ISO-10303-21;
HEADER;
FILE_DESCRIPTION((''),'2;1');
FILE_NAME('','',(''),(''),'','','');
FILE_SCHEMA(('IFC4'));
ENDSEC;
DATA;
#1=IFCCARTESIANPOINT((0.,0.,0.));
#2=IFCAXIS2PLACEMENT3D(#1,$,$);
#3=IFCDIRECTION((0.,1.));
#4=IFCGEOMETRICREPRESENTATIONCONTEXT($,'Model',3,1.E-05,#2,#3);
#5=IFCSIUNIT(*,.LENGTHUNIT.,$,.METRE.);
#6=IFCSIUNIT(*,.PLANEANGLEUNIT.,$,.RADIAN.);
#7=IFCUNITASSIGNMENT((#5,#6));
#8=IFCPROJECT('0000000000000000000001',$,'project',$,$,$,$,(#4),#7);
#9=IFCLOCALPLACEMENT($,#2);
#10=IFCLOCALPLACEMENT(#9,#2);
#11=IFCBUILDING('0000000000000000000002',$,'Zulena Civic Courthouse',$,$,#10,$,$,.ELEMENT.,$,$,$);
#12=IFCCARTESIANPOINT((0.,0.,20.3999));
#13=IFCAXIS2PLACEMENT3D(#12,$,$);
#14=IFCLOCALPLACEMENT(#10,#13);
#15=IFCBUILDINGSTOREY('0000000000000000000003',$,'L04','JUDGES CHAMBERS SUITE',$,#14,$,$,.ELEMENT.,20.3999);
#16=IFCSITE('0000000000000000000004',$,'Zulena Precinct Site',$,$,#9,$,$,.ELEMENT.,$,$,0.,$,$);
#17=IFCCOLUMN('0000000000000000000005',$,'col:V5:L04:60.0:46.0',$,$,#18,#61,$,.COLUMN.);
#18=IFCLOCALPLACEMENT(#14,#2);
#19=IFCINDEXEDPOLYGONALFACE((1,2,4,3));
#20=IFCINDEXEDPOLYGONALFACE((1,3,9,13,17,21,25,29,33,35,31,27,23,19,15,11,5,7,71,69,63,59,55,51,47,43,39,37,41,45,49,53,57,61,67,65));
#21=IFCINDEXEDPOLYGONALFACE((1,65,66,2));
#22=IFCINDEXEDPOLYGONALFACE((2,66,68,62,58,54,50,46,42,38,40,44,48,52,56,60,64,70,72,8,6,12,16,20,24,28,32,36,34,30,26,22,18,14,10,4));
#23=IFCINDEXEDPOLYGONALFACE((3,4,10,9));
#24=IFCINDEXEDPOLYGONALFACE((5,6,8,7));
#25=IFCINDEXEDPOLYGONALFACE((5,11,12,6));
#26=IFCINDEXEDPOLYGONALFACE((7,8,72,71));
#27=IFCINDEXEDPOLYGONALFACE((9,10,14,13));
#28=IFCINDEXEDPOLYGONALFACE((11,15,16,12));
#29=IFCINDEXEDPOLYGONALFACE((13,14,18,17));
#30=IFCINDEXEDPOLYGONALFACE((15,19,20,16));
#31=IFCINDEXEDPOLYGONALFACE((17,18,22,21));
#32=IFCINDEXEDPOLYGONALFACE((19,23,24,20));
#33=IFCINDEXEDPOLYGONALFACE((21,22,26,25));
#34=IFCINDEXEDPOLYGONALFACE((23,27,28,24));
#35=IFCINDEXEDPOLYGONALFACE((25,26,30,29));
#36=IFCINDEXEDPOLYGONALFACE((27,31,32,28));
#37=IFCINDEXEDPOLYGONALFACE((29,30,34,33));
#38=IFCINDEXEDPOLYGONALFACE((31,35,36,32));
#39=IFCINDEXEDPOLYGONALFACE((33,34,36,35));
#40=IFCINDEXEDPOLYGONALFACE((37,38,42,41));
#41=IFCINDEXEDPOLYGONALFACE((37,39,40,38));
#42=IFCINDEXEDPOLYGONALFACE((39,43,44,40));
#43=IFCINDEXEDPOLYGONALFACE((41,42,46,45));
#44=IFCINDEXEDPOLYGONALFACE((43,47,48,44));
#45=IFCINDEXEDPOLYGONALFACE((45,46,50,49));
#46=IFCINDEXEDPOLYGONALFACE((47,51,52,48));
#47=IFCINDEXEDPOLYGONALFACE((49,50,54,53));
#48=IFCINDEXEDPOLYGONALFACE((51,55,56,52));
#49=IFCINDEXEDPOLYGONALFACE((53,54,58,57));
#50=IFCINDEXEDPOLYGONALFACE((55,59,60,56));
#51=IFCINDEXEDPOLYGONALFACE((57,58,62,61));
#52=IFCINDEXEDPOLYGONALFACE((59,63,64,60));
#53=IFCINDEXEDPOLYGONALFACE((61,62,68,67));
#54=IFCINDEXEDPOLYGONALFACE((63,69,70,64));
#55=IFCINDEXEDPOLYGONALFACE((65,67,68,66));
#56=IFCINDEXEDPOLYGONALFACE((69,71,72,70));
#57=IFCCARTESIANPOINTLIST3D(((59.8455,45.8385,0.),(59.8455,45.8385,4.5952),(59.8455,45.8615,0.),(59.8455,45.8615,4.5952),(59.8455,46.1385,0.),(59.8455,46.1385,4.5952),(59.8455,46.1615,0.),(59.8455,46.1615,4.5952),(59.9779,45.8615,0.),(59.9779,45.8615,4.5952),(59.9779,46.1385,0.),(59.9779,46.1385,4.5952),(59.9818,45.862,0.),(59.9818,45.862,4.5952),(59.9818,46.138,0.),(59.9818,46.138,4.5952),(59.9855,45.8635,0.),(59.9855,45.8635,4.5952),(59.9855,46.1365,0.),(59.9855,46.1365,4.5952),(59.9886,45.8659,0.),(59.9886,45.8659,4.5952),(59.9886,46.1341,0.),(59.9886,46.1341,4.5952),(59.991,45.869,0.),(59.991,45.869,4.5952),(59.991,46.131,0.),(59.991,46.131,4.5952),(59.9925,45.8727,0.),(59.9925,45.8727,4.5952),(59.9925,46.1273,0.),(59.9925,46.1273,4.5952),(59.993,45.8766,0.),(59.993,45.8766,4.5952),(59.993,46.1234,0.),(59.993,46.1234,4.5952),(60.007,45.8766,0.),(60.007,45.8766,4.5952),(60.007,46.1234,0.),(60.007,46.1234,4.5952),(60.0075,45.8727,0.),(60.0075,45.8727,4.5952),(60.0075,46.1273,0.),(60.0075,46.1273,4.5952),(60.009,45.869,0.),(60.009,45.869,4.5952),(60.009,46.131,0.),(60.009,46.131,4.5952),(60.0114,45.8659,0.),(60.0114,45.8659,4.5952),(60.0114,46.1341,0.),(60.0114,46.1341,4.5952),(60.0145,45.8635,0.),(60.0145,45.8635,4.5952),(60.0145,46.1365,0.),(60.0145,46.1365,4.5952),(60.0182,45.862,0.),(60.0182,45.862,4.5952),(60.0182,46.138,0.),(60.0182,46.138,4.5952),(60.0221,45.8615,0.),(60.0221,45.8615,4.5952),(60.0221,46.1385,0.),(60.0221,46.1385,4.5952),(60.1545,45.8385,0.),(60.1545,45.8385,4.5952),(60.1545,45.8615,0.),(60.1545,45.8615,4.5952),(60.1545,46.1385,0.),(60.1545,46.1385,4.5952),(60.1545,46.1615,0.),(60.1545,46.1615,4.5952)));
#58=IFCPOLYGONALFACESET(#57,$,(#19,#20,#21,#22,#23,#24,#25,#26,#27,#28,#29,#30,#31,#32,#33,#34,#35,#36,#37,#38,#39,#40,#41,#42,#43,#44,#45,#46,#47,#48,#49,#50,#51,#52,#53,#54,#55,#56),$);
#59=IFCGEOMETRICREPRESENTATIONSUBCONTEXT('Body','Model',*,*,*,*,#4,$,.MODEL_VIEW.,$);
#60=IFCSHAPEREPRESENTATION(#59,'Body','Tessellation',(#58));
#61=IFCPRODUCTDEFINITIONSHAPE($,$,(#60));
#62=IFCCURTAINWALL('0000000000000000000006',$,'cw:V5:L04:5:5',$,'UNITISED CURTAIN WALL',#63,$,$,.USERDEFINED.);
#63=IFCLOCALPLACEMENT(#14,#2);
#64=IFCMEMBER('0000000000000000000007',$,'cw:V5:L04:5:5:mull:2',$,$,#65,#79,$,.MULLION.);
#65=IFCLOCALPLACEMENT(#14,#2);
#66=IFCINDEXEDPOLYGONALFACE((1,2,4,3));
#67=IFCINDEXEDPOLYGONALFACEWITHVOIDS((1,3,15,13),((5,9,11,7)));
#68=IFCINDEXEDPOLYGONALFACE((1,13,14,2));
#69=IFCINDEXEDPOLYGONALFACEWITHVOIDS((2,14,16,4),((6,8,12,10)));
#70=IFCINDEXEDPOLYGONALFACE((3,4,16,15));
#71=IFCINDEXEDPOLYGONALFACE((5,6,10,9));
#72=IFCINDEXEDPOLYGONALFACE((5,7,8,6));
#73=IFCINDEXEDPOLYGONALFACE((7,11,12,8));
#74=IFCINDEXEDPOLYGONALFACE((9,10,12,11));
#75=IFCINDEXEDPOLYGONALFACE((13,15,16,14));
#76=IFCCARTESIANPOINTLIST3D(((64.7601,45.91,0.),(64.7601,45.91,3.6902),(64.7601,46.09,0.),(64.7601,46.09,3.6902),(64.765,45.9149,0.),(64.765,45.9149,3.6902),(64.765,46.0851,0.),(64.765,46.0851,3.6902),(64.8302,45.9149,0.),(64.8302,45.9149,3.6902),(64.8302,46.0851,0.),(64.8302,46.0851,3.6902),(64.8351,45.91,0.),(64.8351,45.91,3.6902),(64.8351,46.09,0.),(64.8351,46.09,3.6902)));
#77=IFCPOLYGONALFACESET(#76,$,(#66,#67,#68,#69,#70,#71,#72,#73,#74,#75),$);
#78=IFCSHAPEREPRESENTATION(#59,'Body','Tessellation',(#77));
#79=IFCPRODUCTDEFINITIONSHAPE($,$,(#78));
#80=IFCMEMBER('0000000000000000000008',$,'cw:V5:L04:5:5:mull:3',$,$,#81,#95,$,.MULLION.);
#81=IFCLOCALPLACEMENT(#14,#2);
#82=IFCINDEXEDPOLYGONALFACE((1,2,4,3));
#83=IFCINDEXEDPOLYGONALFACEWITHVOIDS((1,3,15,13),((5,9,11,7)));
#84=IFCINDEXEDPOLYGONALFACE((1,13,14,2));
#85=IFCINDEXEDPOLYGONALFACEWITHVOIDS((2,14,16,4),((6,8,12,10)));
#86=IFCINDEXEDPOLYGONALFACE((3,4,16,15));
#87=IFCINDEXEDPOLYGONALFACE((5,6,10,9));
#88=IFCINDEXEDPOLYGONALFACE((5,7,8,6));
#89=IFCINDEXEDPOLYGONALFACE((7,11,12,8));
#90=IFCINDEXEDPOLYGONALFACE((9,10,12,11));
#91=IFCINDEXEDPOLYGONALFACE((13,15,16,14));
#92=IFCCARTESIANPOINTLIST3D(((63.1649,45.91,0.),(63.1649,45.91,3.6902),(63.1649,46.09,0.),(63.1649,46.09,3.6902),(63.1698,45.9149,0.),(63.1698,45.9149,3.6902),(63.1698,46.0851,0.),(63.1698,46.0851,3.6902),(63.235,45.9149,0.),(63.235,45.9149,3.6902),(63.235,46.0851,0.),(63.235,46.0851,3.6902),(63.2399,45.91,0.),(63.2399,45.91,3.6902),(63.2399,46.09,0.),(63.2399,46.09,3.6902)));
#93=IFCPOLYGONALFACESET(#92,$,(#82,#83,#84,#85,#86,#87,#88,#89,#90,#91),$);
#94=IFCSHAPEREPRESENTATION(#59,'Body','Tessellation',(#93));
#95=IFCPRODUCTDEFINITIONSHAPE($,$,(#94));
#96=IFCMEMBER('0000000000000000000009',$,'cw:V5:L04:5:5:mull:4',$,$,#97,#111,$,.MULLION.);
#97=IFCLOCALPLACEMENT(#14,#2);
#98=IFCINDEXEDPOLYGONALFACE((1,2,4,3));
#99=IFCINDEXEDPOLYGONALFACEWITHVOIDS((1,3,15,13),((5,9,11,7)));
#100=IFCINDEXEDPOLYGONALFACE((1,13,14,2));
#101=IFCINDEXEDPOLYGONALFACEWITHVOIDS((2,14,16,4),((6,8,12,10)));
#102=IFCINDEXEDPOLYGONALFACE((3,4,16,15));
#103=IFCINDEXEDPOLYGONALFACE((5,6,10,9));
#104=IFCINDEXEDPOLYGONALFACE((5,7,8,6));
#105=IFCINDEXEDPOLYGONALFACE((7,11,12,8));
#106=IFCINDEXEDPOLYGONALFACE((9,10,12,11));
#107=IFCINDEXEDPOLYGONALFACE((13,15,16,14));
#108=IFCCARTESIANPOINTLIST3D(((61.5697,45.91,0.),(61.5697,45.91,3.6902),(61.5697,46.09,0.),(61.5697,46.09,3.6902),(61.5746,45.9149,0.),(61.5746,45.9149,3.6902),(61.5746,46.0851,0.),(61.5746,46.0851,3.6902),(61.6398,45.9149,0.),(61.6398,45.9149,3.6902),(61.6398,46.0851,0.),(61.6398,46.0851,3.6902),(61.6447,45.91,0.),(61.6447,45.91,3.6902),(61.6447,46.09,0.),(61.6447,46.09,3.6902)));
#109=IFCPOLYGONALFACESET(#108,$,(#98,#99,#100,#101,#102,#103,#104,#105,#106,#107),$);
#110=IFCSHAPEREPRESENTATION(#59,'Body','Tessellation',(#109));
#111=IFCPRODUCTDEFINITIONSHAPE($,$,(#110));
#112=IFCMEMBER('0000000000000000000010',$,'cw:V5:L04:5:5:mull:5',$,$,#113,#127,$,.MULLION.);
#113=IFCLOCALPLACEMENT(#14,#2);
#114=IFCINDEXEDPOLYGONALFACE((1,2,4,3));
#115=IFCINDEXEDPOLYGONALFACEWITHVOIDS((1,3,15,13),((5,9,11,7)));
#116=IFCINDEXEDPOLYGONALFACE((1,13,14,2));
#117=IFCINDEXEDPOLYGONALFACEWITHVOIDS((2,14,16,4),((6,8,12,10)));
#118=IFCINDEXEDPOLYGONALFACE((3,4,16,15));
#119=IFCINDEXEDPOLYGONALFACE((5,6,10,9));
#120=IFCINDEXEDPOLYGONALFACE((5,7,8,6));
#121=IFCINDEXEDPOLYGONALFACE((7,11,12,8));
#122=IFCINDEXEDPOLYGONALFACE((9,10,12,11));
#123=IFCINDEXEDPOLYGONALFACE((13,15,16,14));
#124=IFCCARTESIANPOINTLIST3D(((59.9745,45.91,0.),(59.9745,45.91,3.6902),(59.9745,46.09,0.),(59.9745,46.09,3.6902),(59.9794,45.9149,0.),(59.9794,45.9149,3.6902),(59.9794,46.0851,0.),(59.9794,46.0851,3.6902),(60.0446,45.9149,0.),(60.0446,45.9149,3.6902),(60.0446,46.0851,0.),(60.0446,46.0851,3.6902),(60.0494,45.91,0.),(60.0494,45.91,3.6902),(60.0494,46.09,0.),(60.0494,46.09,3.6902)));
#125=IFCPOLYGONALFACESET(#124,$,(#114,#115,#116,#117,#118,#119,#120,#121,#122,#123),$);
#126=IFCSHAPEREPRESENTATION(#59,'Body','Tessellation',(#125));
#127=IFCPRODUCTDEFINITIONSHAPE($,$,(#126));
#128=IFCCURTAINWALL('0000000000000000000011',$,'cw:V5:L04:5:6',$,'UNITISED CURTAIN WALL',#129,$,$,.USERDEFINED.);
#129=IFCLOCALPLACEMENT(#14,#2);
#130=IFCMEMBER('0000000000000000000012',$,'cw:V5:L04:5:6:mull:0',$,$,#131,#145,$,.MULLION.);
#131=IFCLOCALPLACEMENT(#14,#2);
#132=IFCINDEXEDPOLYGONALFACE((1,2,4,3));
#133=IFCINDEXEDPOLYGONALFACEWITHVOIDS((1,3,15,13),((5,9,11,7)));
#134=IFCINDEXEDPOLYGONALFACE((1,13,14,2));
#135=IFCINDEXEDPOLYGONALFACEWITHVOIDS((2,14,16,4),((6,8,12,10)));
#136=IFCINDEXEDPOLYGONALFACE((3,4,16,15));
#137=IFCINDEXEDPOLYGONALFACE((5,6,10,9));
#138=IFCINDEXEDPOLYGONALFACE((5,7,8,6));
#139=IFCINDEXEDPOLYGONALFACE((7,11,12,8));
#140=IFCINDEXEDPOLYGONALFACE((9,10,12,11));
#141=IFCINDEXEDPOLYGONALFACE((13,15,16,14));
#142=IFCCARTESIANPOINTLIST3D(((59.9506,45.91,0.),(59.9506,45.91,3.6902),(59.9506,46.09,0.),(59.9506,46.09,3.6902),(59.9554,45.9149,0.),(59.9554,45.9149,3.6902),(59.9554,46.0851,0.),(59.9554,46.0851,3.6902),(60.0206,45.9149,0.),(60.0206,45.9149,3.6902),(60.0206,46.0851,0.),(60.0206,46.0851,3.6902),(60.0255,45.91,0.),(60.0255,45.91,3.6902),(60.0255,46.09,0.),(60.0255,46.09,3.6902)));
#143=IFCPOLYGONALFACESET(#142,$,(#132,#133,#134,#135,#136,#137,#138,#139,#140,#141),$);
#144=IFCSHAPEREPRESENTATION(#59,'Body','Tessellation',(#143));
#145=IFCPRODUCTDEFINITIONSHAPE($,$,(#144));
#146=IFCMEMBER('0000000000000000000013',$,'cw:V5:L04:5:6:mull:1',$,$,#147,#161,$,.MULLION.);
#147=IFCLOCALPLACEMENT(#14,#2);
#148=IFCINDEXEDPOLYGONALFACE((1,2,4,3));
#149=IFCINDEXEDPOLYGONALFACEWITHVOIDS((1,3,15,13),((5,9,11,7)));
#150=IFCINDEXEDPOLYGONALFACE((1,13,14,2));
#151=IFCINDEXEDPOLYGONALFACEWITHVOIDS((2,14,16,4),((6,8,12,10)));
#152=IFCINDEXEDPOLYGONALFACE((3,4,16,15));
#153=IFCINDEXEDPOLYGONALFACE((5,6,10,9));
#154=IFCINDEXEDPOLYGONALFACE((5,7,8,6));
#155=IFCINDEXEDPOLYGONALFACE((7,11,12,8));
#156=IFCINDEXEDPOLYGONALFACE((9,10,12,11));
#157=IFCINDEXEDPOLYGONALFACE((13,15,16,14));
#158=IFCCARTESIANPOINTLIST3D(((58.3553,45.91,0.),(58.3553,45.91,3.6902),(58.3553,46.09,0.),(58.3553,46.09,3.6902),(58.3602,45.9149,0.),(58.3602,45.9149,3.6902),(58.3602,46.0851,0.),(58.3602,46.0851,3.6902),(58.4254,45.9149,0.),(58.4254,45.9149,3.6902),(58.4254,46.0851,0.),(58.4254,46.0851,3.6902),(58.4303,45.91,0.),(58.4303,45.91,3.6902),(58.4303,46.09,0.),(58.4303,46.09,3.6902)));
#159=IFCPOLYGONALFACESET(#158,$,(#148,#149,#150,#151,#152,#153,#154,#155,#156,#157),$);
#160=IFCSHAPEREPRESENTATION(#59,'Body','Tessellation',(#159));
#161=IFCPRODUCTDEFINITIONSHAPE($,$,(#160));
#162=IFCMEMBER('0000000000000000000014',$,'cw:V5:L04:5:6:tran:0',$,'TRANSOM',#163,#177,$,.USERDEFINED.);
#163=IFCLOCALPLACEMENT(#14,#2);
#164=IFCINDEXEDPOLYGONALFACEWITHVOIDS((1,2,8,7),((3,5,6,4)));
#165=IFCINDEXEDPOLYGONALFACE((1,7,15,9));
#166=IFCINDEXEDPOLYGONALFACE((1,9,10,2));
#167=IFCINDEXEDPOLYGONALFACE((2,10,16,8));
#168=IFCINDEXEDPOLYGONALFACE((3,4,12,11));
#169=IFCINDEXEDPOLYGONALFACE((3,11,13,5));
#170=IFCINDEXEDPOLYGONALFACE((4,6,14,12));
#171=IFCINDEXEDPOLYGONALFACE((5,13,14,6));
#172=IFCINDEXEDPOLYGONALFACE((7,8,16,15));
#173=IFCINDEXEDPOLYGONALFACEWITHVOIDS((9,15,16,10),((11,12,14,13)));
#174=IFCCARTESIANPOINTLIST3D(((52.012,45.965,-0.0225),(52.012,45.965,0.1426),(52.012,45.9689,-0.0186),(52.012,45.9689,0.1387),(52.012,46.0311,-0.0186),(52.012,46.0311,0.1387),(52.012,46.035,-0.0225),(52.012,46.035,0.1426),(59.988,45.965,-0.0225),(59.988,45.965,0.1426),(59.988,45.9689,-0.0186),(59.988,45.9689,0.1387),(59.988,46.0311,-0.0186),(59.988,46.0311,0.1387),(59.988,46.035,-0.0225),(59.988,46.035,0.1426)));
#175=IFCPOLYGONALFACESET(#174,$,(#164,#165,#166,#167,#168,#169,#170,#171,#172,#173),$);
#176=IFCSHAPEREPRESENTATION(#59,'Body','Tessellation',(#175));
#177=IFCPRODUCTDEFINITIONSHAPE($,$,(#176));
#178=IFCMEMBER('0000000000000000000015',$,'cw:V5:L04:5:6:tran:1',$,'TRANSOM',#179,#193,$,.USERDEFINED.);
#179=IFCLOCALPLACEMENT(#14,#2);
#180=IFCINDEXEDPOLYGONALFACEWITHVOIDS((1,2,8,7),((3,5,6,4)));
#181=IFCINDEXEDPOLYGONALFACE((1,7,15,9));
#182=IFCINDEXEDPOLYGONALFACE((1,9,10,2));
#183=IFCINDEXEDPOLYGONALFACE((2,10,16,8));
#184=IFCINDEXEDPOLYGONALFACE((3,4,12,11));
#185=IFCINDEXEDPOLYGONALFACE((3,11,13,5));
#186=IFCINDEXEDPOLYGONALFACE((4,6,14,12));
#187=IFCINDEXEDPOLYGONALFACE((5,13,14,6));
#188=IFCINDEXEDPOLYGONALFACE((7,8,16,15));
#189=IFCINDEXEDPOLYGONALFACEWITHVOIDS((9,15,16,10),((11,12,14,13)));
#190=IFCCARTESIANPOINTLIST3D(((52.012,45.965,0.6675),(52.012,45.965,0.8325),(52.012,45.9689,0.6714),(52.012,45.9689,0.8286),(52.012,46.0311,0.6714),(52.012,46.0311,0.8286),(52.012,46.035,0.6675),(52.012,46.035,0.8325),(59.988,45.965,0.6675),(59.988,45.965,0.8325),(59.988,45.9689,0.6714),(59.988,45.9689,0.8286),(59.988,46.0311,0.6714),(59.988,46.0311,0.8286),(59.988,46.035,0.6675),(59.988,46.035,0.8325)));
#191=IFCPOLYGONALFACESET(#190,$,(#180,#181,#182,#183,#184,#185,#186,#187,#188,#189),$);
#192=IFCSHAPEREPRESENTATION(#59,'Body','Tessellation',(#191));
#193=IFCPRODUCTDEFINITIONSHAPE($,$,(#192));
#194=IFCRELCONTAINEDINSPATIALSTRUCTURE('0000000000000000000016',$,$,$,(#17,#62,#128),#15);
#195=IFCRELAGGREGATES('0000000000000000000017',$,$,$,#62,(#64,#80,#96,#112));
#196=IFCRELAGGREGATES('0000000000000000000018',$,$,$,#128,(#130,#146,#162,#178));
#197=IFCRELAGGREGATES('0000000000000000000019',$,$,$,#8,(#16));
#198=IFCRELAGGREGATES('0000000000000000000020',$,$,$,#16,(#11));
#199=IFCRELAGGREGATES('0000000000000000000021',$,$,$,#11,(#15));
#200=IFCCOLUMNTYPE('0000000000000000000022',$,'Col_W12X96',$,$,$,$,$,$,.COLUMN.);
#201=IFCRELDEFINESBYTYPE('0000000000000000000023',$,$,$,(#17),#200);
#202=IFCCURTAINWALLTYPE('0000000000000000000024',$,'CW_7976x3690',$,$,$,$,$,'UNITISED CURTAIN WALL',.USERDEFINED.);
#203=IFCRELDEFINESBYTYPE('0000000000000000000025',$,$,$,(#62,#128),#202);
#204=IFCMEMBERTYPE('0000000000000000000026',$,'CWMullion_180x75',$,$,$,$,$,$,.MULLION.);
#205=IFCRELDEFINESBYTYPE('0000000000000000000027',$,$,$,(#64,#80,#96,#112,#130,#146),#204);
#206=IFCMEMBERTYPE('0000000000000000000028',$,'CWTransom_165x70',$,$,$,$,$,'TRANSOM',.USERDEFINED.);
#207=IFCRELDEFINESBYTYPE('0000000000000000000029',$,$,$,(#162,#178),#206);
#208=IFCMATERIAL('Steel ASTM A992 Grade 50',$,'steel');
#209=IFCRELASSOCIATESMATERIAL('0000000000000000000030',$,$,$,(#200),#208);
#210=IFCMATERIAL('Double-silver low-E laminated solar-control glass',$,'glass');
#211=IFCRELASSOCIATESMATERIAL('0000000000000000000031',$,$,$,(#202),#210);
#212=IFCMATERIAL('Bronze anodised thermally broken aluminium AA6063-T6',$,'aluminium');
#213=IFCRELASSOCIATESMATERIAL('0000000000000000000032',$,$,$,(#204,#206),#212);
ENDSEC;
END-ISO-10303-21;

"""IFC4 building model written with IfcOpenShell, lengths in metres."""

from ifc_helpers import new_model, si_unit, direction, frame, origin, origin_2d, place, context, subcontext, project, spatial, hollow_rectangle, i_section, extrude, material, material_profile, profile_set, type_object, element, aggregate, save


model = new_model("IFC4")

# Units and contexts
model_context = context("Model", 3, precision=1e-05, world=origin(), true_north=direction((0.0, 1.0)))
body_context = subcontext(model_context, "Body", "Model", "MODEL_VIEW")
ifc_project = project(units=[si_unit("LENGTHUNIT", "METRE"), si_unit("PLANEANGLEUNIT", "RADIAN")], contexts=[model_context])

# Site, building, storey
site_placement = place(None, origin())
site = spatial("IfcSite", under=ifc_project, at=site_placement, Name="Zulena Precinct Site", CompositionType="ELEMENT", RefElevation=0.0)
building_placement = place(site_placement, origin())
building = spatial("IfcBuilding", under=site, at=building_placement, Name="Zulena Civic Courthouse", CompositionType="ELEMENT")
storey_placement = place(building_placement, frame((0.0, 0.0, 20.3999)))
storey = spatial("IfcBuildingStorey", under=building, at=storey_placement, Name="L04", Description="JUDGES CHAMBERS SUITE", CompositionType="ELEMENT", Elevation=20.3999)

# Column
ifc_material_1 = material(Name="Steel ASTM A992 Grade 50", Category="steel")
ifc_material_profile_1 = material_profile(ifc_material_1, i_section(OverallWidth=0.3091, OverallDepth=0.323, WebThickness=0.0139, FlangeThickness=0.0229, FilletRadius=0.0151, at=origin_2d()), Name="W12X96")
ifc_profile_set_1 = profile_set([ifc_material_profile_1], Name="Steel ASTM A992 Grade 50")
column_type = type_object("IfcColumnType", Name="Col_W12X96", PredefinedType="COLUMN", material=ifc_profile_set_1)
column_placement = place(storey_placement, frame((60.0, 46.0, 0.0), z_axis=(0.0, 0.0, 1.0), x_axis=(1.0, 0.0, 0.0)))
element("IfcColumn", 1, at=column_placement, inside=storey, type_object=column_type, Name="col:V5:L04:60.0:46.0", PredefinedType="COLUMN", context=body_context, shape_type="SweptSolid", body=[
    extrude(i_section(OverallWidth=0.3091, OverallDepth=0.323, WebThickness=0.0139, FlangeThickness=0.0229, FilletRadius=0.0151, at=origin_2d()), origin(), (0.0, 0.0, 1.0), 4.5952),
])

# Curtain walls, members
ifc_material_2 = material(Name="Double-silver low-E laminated solar-control glass", Category="glass")
curtain_wall_type = type_object("IfcCurtainWallType", Name="CW_7976x3690", ElementType="UNITISED CURTAIN WALL", PredefinedType="USERDEFINED", material=ifc_material_2)
curtain_wall_1_placement = place(storey_placement, origin())
curtain_wall_1 = element("IfcCurtainWall", 2, at=curtain_wall_1_placement, inside=storey, type_object=curtain_wall_type, Name="cw:V5:L04:5:5", ObjectType="UNITISED CURTAIN WALL", PredefinedType="USERDEFINED")
ifc_material_3 = material(Name="Bronze anodised thermally broken aluminium AA6063-T6", Category="aluminium")
ifc_material_profile_2 = material_profile(ifc_material_3, hollow_rectangle(XDim=0.075, YDim=0.1799, WallThickness=0.0049, at=origin_2d()), Name="CWM180X75X5")
ifc_profile_set_2 = profile_set([ifc_material_profile_2], Name="Bronze anodised thermally broken aluminium AA6063-T6")
member_type_1 = type_object("IfcMemberType", Name="CWMullion_180x75", PredefinedType="MULLION", material=ifc_profile_set_2)
member_1_placement = place(storey_placement, frame((64.7976, 46.0, 0.0), z_axis=(0.0, 0.0, 1.0), x_axis=(1.0, 0.0, 0.0)))
member_1 = element("IfcMember", 3, at=member_1_placement, type_object=member_type_1, Name="cw:V5:L04:5:5:mull:2", PredefinedType="MULLION", context=body_context, shape_type="SweptSolid", body=[
    extrude(hollow_rectangle(XDim=0.075, YDim=0.1799, WallThickness=0.0049, at=origin_2d()), origin(), (0.0, 0.0, 1.0), 3.6902),
])
member_2_placement = place(storey_placement, frame((63.2024, 46.0, 0.0), z_axis=(0.0, 0.0, 1.0), x_axis=(1.0, 0.0, 0.0)))
member_2 = element("IfcMember", 4, at=member_2_placement, type_object=member_type_1, Name="cw:V5:L04:5:5:mull:3", PredefinedType="MULLION", context=body_context, shape_type="SweptSolid", body=[
    extrude(hollow_rectangle(XDim=0.075, YDim=0.1799, WallThickness=0.0049, at=origin_2d()), origin(), (0.0, 0.0, 1.0), 3.6902),
])
member_3_placement = place(storey_placement, frame((61.6072, 46.0, 0.0), z_axis=(0.0, 0.0, 1.0), x_axis=(1.0, 0.0, 0.0)))
member_3 = element("IfcMember", 5, at=member_3_placement, type_object=member_type_1, Name="cw:V5:L04:5:5:mull:4", PredefinedType="MULLION", context=body_context, shape_type="SweptSolid", body=[
    extrude(hollow_rectangle(XDim=0.075, YDim=0.1799, WallThickness=0.0049, at=origin_2d()), origin(), (0.0, 0.0, 1.0), 3.6902),
])
member_4_placement = place(storey_placement, frame((60.012, 46.0, 0.0), z_axis=(0.0, 0.0, 1.0), x_axis=(1.0, 0.0, 0.0)))
member_4 = element("IfcMember", 6, at=member_4_placement, type_object=member_type_1, Name="cw:V5:L04:5:5:mull:5", PredefinedType="MULLION", context=body_context, shape_type="SweptSolid", body=[
    extrude(hollow_rectangle(XDim=0.075, YDim=0.1799, WallThickness=0.0049, at=origin_2d()), origin(), (0.0, 0.0, 1.0), 3.6902),
])
curtain_wall_2_placement = place(storey_placement, origin())
curtain_wall_2 = element("IfcCurtainWall", 7, at=curtain_wall_2_placement, inside=storey, type_object=curtain_wall_type, Name="cw:V5:L04:5:6", ObjectType="UNITISED CURTAIN WALL", PredefinedType="USERDEFINED")
member_5_placement = place(storey_placement, frame((59.988, 46.0, 0.0), z_axis=(0.0, 0.0, 1.0), x_axis=(1.0, 0.0, 0.0)))
member_5 = element("IfcMember", 8, at=member_5_placement, type_object=member_type_1, Name="cw:V5:L04:5:6:mull:0", PredefinedType="MULLION", context=body_context, shape_type="SweptSolid", body=[
    extrude(hollow_rectangle(XDim=0.075, YDim=0.1799, WallThickness=0.0049, at=origin_2d()), origin(), (0.0, 0.0, 1.0), 3.6902),
])
member_6_placement = place(storey_placement, frame((58.3928, 46.0, 0.0), z_axis=(0.0, 0.0, 1.0), x_axis=(1.0, 0.0, 0.0)))
member_6 = element("IfcMember", 9, at=member_6_placement, type_object=member_type_1, Name="cw:V5:L04:5:6:mull:1", PredefinedType="MULLION", context=body_context, shape_type="SweptSolid", body=[
    extrude(hollow_rectangle(XDim=0.075, YDim=0.1799, WallThickness=0.0049, at=origin_2d()), origin(), (0.0, 0.0, 1.0), 3.6902),
])
ifc_material_profile_3 = material_profile(ifc_material_3, hollow_rectangle(XDim=0.0701, YDim=0.165, WallThickness=0.0039, at=origin_2d()), Name="CWT165X70X4")
ifc_profile_set_3 = profile_set([ifc_material_profile_3], Name="Bronze anodised thermally broken aluminium AA6063-T6")
member_type_2 = type_object("IfcMemberType", Name="CWTransom_165x70", ElementType="TRANSOM", PredefinedType="USERDEFINED", material=ifc_profile_set_3)
member_7_placement = place(storey_placement, frame((59.988, 46.0, 0.0601), z_axis=(-1.0, 0.0, 0.0), x_axis=(0.0, -1.0, 0.0)))
member_7 = element("IfcMember", 10, at=member_7_placement, type_object=member_type_2, Name="cw:V5:L04:5:6:tran:0", ObjectType="TRANSOM", PredefinedType="USERDEFINED", context=body_context, shape_type="SweptSolid", body=[
    extrude(hollow_rectangle(XDim=0.0701, YDim=0.165, WallThickness=0.0039, at=origin_2d()), origin(), (0.0, 0.0, 1.0), 7.9761),
])
member_8_placement = place(storey_placement, frame((59.988, 46.0, 0.75), z_axis=(-1.0, 0.0, 0.0), x_axis=(0.0, -1.0, 0.0)))
member_8 = element("IfcMember", 11, at=member_8_placement, type_object=member_type_2, Name="cw:V5:L04:5:6:tran:1", ObjectType="TRANSOM", PredefinedType="USERDEFINED", context=body_context, shape_type="SweptSolid", body=[
    extrude(hollow_rectangle(XDim=0.0701, YDim=0.165, WallThickness=0.0039, at=origin_2d()), origin(), (0.0, 0.0, 1.0), 7.9761),
])

aggregate(curtain_wall_1, [member_1, member_2, member_3, member_4])
aggregate(curtain_wall_2, [member_5, member_6, member_7, member_8])

save(model, "model.ifc")
